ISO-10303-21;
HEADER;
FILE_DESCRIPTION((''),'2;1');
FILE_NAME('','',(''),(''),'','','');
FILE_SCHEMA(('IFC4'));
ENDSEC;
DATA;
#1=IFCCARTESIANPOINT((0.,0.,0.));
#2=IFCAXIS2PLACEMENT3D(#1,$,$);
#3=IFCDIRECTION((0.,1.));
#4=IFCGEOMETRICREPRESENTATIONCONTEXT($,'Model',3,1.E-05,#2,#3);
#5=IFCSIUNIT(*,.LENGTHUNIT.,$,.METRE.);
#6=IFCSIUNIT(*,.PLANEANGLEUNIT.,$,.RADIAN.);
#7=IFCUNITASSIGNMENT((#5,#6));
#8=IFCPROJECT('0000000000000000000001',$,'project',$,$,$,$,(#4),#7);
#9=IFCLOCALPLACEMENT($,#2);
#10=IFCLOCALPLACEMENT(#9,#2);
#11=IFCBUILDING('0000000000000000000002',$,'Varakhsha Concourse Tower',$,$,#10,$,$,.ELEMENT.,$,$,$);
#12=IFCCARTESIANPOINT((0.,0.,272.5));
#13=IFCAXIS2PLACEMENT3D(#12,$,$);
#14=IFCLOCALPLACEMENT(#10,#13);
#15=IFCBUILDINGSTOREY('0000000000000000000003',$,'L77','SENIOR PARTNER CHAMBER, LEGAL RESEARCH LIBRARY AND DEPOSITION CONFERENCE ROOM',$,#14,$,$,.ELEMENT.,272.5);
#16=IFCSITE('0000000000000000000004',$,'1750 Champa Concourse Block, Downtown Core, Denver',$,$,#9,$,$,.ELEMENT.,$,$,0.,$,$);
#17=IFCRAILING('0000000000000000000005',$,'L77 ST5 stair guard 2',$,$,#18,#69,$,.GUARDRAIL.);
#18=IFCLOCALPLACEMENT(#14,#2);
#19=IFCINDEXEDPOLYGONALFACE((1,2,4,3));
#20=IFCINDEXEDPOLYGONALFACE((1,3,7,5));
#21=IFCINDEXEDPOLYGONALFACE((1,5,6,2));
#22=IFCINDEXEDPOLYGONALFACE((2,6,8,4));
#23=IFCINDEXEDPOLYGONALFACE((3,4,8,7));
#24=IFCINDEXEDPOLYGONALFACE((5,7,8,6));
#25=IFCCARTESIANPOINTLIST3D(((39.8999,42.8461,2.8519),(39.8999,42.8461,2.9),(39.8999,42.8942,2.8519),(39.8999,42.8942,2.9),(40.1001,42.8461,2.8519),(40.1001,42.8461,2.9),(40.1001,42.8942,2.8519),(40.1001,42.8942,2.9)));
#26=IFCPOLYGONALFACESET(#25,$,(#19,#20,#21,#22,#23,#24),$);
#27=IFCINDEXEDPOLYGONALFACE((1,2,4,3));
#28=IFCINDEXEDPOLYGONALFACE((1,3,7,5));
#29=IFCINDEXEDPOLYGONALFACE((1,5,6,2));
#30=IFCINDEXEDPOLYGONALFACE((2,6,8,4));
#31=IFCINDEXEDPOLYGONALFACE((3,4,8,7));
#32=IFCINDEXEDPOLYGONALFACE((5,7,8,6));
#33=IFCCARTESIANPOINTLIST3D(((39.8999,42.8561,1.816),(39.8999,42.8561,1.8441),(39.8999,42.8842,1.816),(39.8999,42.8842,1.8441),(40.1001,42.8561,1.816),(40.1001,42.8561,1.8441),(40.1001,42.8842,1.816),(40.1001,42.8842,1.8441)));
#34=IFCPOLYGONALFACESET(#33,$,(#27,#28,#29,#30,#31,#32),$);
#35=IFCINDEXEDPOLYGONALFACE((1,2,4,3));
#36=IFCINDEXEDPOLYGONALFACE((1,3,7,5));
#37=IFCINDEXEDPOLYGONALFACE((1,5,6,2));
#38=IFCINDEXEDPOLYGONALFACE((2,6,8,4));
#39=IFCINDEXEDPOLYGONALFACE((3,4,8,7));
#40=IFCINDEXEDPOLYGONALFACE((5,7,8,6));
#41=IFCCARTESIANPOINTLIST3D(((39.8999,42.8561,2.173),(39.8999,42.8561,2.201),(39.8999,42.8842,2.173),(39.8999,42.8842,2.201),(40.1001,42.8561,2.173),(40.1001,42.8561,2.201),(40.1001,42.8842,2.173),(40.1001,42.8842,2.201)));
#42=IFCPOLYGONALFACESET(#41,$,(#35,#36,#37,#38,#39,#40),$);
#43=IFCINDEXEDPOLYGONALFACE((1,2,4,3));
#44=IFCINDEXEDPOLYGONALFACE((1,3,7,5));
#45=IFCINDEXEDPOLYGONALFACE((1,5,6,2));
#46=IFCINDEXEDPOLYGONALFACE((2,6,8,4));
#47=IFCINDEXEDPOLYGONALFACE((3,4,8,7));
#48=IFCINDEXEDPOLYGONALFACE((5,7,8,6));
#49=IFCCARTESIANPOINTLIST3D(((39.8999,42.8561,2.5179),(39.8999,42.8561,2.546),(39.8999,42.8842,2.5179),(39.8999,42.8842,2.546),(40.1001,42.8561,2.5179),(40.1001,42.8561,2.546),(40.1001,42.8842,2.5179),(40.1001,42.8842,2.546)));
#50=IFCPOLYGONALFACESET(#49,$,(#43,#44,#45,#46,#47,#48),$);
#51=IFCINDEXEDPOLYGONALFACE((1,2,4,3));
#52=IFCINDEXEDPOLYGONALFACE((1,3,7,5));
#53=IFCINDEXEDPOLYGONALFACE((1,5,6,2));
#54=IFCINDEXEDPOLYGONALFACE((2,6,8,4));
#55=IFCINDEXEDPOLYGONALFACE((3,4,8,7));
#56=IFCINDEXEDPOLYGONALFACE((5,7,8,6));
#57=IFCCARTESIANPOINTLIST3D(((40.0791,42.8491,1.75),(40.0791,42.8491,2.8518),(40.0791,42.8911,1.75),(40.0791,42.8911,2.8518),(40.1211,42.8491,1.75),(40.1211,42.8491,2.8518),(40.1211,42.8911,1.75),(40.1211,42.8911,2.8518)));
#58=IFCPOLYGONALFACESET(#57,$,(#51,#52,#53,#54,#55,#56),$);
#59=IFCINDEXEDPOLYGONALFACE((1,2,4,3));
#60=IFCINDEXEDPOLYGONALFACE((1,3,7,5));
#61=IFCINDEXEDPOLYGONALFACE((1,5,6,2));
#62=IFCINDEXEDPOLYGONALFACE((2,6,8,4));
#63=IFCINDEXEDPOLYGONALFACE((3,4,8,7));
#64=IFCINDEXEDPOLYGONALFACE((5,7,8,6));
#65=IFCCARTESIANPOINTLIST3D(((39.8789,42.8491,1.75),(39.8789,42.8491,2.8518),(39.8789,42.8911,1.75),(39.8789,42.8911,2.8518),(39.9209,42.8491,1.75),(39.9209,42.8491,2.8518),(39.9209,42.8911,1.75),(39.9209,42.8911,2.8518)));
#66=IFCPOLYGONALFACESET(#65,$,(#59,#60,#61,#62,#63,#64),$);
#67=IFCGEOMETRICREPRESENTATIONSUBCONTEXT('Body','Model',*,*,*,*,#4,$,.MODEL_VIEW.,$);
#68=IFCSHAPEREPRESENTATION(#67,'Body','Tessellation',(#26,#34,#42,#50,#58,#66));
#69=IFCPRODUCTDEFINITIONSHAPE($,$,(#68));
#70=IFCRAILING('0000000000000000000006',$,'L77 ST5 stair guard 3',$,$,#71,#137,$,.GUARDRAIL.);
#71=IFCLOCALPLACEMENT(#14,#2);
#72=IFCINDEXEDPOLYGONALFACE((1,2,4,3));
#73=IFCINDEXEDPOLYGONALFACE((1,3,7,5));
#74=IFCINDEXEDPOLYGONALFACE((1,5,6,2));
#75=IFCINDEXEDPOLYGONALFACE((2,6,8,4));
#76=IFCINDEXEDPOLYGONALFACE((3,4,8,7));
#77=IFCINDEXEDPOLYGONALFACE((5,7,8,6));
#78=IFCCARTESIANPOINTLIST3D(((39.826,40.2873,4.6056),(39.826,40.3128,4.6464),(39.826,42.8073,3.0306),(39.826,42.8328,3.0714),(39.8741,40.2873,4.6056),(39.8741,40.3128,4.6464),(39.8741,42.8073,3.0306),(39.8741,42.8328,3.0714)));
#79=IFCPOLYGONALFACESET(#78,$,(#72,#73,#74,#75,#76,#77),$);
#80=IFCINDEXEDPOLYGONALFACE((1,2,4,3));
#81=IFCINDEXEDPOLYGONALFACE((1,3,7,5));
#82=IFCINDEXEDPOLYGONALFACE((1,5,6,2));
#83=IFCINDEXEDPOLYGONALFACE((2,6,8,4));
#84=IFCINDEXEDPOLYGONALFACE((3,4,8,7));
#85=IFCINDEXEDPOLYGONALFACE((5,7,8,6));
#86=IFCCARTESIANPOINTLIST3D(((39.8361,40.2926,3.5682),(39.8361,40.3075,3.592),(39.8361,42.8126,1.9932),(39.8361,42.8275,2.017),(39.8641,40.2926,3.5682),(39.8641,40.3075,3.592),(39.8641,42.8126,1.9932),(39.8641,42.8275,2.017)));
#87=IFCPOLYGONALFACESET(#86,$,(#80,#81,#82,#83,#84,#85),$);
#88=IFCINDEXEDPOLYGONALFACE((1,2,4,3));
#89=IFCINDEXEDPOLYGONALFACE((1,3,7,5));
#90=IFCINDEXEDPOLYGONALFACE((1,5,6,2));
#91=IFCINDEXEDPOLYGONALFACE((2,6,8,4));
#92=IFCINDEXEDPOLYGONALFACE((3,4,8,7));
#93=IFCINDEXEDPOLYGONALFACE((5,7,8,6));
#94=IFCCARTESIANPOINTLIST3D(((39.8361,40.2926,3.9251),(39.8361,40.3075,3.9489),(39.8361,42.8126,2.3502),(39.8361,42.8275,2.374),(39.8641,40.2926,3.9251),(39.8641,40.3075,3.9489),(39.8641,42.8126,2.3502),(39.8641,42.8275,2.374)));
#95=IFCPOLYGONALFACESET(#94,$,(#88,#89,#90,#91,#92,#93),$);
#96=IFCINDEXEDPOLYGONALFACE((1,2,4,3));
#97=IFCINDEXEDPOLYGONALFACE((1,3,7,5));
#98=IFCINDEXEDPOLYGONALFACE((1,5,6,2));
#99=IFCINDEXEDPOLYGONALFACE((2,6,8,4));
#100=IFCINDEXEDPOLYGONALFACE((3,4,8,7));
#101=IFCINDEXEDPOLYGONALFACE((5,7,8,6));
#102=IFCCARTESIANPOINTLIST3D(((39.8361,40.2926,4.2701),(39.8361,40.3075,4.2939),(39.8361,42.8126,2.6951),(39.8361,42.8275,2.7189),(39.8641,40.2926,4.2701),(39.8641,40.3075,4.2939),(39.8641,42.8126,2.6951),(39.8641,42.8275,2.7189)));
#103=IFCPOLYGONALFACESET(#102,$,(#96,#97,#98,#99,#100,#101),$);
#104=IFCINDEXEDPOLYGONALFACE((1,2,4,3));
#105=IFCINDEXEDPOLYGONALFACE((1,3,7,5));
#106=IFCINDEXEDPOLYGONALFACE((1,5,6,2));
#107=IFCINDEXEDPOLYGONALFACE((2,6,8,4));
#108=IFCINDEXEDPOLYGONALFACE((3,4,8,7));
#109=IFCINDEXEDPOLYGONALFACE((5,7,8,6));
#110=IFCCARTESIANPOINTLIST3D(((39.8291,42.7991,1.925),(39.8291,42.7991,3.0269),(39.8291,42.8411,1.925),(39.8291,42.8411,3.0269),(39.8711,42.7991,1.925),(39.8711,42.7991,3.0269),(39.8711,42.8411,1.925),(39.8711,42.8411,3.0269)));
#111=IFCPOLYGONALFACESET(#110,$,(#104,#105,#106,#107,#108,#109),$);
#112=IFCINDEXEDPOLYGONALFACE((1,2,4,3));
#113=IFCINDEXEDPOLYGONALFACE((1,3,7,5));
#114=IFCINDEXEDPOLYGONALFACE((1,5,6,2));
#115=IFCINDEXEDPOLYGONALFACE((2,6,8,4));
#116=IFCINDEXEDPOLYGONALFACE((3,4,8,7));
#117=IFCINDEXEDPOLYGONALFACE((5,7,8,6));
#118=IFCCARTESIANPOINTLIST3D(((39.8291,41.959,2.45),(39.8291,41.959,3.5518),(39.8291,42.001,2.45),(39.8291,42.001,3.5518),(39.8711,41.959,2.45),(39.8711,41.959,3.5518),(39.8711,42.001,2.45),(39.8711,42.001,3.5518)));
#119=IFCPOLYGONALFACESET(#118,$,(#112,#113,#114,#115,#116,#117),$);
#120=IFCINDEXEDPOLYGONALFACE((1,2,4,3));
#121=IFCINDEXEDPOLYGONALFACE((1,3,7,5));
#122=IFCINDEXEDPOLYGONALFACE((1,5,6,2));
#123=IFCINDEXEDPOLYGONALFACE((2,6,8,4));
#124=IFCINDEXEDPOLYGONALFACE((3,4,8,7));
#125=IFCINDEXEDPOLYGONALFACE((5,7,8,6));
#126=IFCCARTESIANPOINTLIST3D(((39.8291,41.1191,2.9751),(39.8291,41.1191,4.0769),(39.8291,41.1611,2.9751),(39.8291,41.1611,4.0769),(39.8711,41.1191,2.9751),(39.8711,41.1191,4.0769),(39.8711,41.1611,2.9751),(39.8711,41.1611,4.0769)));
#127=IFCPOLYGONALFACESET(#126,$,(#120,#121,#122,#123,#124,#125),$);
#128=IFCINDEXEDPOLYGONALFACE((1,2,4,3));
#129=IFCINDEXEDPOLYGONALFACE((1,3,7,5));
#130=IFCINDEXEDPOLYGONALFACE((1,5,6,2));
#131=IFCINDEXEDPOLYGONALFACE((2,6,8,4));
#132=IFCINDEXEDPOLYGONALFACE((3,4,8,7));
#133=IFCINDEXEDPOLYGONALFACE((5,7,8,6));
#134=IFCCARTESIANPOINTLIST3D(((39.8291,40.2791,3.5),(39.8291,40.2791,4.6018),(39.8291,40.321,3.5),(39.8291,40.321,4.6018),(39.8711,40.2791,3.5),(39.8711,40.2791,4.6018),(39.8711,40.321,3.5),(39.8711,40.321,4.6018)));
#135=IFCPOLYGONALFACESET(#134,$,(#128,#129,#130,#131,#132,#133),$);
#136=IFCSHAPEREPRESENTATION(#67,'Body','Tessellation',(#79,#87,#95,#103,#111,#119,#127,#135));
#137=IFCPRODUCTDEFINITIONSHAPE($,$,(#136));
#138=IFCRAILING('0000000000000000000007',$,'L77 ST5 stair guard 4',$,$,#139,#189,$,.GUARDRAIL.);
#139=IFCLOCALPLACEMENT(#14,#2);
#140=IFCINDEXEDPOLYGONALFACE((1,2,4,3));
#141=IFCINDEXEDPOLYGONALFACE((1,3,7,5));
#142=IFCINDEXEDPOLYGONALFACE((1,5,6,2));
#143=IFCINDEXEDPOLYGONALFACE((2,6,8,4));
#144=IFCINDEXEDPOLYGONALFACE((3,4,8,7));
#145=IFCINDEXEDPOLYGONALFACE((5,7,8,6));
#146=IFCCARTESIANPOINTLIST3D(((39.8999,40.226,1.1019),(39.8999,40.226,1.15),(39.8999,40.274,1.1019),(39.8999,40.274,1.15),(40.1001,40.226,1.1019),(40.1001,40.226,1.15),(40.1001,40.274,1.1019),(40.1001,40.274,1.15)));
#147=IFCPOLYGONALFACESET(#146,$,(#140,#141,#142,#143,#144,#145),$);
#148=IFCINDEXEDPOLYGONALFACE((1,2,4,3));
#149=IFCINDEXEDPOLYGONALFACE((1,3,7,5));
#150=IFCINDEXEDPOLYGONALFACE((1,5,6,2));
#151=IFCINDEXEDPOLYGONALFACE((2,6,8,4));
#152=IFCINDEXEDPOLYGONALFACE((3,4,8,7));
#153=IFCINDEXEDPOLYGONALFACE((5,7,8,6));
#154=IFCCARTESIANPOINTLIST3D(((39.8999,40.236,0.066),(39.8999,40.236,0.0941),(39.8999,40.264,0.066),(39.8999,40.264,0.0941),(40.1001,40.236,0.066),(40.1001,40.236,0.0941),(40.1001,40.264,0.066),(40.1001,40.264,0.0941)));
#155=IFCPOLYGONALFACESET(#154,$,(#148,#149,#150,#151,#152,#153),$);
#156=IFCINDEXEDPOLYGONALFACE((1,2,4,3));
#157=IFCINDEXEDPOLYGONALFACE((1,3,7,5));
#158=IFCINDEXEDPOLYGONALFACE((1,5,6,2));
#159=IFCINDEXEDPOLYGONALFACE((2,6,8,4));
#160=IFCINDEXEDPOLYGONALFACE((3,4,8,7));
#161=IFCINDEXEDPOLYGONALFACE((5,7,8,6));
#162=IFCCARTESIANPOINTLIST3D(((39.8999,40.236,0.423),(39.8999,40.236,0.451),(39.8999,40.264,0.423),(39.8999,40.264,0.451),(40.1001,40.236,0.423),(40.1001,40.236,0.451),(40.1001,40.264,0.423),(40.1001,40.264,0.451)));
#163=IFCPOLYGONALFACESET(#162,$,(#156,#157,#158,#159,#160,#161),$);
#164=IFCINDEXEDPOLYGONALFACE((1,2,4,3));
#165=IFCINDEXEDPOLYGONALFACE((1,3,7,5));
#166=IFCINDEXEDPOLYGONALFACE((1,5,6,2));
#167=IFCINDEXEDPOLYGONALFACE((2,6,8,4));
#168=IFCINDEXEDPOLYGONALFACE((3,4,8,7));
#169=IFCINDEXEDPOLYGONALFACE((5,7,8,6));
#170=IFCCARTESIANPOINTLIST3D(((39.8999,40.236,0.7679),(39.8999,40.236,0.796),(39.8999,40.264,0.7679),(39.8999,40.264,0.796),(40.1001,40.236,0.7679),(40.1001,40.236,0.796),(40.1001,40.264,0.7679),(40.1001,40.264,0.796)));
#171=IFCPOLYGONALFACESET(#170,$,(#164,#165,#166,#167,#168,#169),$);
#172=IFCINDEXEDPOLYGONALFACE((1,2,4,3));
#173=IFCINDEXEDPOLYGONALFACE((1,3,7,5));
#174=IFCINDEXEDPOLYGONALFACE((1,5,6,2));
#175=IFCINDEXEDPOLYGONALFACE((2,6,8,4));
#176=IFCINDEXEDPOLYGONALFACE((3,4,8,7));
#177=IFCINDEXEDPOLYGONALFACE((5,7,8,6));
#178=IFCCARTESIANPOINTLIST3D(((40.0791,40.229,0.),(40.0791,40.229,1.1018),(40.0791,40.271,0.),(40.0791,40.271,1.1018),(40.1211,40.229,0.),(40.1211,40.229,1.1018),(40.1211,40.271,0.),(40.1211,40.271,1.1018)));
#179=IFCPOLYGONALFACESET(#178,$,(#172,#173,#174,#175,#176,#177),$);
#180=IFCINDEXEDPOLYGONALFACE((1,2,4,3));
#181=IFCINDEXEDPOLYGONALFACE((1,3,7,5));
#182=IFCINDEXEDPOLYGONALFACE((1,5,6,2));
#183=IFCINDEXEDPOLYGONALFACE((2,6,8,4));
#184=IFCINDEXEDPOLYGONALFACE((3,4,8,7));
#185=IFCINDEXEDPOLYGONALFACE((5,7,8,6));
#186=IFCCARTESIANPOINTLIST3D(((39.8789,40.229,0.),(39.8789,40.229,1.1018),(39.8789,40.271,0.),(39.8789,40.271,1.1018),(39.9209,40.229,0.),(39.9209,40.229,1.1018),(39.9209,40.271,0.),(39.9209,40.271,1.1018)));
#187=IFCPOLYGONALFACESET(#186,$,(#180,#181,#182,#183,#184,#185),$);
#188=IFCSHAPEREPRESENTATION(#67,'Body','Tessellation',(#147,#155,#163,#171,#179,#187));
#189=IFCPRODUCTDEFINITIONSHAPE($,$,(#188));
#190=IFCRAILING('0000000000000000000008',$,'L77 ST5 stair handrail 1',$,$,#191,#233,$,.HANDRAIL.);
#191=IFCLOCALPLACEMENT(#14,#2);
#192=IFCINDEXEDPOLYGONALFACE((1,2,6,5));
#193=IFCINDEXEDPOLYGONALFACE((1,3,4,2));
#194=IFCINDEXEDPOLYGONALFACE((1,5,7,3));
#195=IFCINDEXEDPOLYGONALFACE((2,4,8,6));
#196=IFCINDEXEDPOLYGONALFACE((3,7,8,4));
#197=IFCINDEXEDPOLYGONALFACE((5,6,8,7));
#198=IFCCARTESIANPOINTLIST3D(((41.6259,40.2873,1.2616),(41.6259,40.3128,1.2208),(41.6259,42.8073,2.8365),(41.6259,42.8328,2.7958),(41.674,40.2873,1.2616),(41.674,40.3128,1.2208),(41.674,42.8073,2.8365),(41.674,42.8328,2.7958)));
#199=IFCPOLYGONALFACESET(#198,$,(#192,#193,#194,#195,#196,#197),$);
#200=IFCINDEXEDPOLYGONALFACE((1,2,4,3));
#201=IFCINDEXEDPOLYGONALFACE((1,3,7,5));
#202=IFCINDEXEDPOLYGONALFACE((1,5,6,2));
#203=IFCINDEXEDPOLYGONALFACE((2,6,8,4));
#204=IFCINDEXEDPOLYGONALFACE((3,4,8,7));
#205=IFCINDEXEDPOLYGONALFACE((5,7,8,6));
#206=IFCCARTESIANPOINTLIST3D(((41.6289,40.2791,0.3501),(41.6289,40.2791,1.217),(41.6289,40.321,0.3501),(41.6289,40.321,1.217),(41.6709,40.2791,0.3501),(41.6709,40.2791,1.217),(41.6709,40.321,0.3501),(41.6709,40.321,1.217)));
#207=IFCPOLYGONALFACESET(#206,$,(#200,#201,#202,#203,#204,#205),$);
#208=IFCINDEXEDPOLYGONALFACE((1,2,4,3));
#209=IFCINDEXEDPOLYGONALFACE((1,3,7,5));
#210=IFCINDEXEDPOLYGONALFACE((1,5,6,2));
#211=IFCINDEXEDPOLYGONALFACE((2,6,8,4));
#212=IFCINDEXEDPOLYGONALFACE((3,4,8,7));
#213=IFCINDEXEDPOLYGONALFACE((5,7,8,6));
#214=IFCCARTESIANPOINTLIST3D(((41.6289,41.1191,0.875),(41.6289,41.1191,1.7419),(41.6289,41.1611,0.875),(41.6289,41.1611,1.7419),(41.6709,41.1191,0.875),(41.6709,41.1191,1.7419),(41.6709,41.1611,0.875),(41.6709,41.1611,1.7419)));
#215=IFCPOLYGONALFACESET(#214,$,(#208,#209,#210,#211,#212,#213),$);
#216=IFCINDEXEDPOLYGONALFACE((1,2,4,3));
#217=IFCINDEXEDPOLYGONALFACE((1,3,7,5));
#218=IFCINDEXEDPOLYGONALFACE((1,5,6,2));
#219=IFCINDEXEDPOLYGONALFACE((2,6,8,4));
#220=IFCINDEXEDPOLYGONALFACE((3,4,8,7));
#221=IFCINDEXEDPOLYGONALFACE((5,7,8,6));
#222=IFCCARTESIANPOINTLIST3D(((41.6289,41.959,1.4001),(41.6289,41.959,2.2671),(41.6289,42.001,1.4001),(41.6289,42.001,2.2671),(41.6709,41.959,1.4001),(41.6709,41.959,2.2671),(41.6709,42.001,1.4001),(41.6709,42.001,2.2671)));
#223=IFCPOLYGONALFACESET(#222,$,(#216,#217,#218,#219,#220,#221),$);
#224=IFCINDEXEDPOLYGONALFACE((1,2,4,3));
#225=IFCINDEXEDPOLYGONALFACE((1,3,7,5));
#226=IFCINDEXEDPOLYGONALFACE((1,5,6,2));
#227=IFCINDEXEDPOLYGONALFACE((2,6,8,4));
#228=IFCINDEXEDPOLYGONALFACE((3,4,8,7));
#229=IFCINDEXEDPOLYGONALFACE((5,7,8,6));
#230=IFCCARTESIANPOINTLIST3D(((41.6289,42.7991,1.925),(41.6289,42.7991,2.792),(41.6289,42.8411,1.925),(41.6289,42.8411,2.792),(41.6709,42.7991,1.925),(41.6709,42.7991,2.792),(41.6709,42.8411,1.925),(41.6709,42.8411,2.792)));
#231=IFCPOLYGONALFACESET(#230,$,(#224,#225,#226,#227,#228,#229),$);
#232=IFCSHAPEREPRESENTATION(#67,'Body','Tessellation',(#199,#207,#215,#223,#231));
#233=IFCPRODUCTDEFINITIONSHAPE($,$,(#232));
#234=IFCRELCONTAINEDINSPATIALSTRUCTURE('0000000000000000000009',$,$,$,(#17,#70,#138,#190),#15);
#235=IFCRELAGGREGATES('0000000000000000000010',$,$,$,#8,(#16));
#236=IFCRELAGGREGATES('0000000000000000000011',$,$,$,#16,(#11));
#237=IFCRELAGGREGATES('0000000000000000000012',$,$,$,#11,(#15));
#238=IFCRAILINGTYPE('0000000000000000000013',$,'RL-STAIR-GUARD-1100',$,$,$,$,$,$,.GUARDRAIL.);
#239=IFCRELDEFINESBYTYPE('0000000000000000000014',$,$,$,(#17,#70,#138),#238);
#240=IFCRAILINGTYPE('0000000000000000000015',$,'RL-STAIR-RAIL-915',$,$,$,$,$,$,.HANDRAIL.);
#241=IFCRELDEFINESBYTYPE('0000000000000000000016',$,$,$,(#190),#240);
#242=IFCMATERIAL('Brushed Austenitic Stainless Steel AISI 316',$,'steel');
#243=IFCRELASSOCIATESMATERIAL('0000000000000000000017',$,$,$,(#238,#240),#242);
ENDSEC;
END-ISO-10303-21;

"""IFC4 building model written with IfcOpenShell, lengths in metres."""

from ifc_helpers import new_model, si_unit, direction, frame, origin, origin_2d, place, context, subcontext, project, spatial, rectangle, extrude, material, type_object, element, save


model = new_model("IFC4")

# Units and contexts
model_context = context("Model", 3, precision=1e-05, world=origin(), true_north=direction((0.0, 1.0)))
body_context = subcontext(model_context, "Body", "Model", "MODEL_VIEW")
ifc_project = project(units=[si_unit("LENGTHUNIT", "METRE"), si_unit("PLANEANGLEUNIT", "RADIAN")], contexts=[model_context])

# Site, building, storey
site_placement = place(None, origin())
site = spatial("IfcSite", under=ifc_project, at=site_placement, Name="1750 Champa Concourse Block, Downtown Core, Denver", CompositionType="ELEMENT", RefElevation=0.0)
building_placement = place(site_placement, origin())
building = spatial("IfcBuilding", under=site, at=building_placement, Name="Varakhsha Concourse Tower", CompositionType="ELEMENT")
storey_placement = place(building_placement, frame((0.0, 0.0, 272.5)))
storey = spatial("IfcBuildingStorey", under=building, at=storey_placement, Name="L77", Description="SENIOR PARTNER CHAMBER, LEGAL RESEARCH LIBRARY AND DEPOSITION CONFERENCE ROOM", CompositionType="ELEMENT", Elevation=272.5)

# Railings
ifc_material_1 = material(Name="Brushed Austenitic Stainless Steel AISI 316", Category="steel")
railing_type_1 = type_object("IfcRailingType", Name="RL-STAIR-GUARD-1100", PredefinedType="GUARDRAIL", material=ifc_material_1)
railing_1_placement = place(storey_placement, frame((40.1001, 42.8701, 1.75)))
element("IfcRailing", 1, at=railing_1_placement, inside=storey, type_object=railing_type_1, Name="L77 ST5 stair guard 2", PredefinedType="GUARDRAIL", context=body_context, shape_type="SweptSolid", body=[
    extrude(rectangle(XDim=0.0481, YDim=0.0481, at=origin_2d()), frame((0.0, 0.0, 1.126), z_axis=(-1.0, 0.0, 0.0), x_axis=(0.0, -1.0, 0.0)), (0.0, 0.0, 1.0), 0.2002),
    extrude(rectangle(XDim=0.0281, YDim=0.0281, at=origin_2d()), frame((0.0, 0.0, 0.0801), z_axis=(-1.0, 0.0, 0.0), x_axis=(0.0, -1.0, 0.0)), (0.0, 0.0, 1.0), 0.2002),
    extrude(rectangle(XDim=0.0281, YDim=0.0281, at=origin_2d()), frame((0.0, 0.0, 0.437), z_axis=(-1.0, 0.0, 0.0), x_axis=(0.0, -1.0, 0.0)), (0.0, 0.0, 1.0), 0.2002),
    extrude(rectangle(XDim=0.0281, YDim=0.0281, at=origin_2d()), frame((0.0, 0.0, 0.782), z_axis=(-1.0, 0.0, 0.0), x_axis=(0.0, -1.0, 0.0)), (0.0, 0.0, 1.0), 0.2002),
    extrude(rectangle(XDim=0.042, YDim=0.042, at=origin_2d()), origin(), (0.0, 0.0, 1.0), 1.1018),
    extrude(rectangle(XDim=0.042, YDim=0.042, at=origin_2d()), frame((-0.2002, 0.0, 0.0)), (0.0, 0.0, 1.0), 1.1018),
])
railing_2_placement = place(storey_placement, frame((39.8501, 42.8201, 1.925)))
element("IfcRailing", 2, at=railing_2_placement, inside=storey, type_object=railing_type_1, Name="L77 ST5 stair guard 3", PredefinedType="GUARDRAIL", context=body_context, shape_type="SweptSolid", body=[
    extrude(rectangle(XDim=0.0481, YDim=0.0481, at=origin_2d()), frame((0.0, 0.0, 1.126), z_axis=(0.0, -0.848008, 0.529984), x_axis=(1.0, 0.0, 0.0)), (0.0, 0.0, 1.0), 2.9717),
    extrude(rectangle(XDim=0.0281, YDim=0.0281, at=origin_2d()), frame((0.0, 0.0, 0.0801), z_axis=(0.0, -0.848008, 0.529984), x_axis=(1.0, 0.0, 0.0)), (0.0, 0.0, 1.0), 2.9717),
    extrude(rectangle(XDim=0.0281, YDim=0.0281, at=origin_2d()), frame((0.0, 0.0, 0.437), z_axis=(0.0, -0.848008, 0.529984), x_axis=(1.0, 0.0, 0.0)), (0.0, 0.0, 1.0), 2.9717),
    extrude(rectangle(XDim=0.0281, YDim=0.0281, at=origin_2d()), frame((0.0, 0.0, 0.782), z_axis=(0.0, -0.848008, 0.529984), x_axis=(1.0, 0.0, 0.0)), (0.0, 0.0, 1.0), 2.9717),
    extrude(rectangle(XDim=0.042, YDim=0.042, at=origin_2d()), origin(), (0.0, 0.0, 1.0), 1.1018),
    extrude(rectangle(XDim=0.042, YDim=0.042, at=origin_2d()), frame((0.0, -0.8401, 0.5249)), (0.0, 0.0, 1.0), 1.1018),
    extrude(rectangle(XDim=0.042, YDim=0.042, at=origin_2d()), frame((0.0, -1.6799, 1.05)), (0.0, 0.0, 1.0), 1.1018),
    extrude(rectangle(XDim=0.042, YDim=0.042, at=origin_2d()), frame((0.0, -2.52, 1.575)), (0.0, 0.0, 1.0), 1.1018),
])
railing_3_placement = place(storey_placement, frame((40.1001, 40.25, 0.0)))
element("IfcRailing", 3, at=railing_3_placement, inside=storey, type_object=railing_type_1, Name="L77 ST5 stair guard 4", PredefinedType="GUARDRAIL", context=body_context, shape_type="SweptSolid", body=[
    extrude(rectangle(XDim=0.0481, YDim=0.0481, at=origin_2d()), frame((0.0, 0.0, 1.126), z_axis=(-1.0, 0.0, 0.0), x_axis=(0.0, -1.0, 0.0)), (0.0, 0.0, 1.0), 0.2002),
    extrude(rectangle(XDim=0.0281, YDim=0.0281, at=origin_2d()), frame((0.0, 0.0, 0.0801), z_axis=(-1.0, 0.0, 0.0), x_axis=(0.0, -1.0, 0.0)), (0.0, 0.0, 1.0), 0.2002),
    extrude(rectangle(XDim=0.0281, YDim=0.0281, at=origin_2d()), frame((0.0, 0.0, 0.437), z_axis=(-1.0, 0.0, 0.0), x_axis=(0.0, -1.0, 0.0)), (0.0, 0.0, 1.0), 0.2002),
    extrude(rectangle(XDim=0.0281, YDim=0.0281, at=origin_2d()), frame((0.0, 0.0, 0.782), z_axis=(-1.0, 0.0, 0.0), x_axis=(0.0, -1.0, 0.0)), (0.0, 0.0, 1.0), 0.2002),
    extrude(rectangle(XDim=0.042, YDim=0.042, at=origin_2d()), origin(), (0.0, 0.0, 1.0), 1.1018),
    extrude(rectangle(XDim=0.042, YDim=0.042, at=origin_2d()), frame((-0.2002, 0.0, 0.0)), (0.0, 0.0, 1.0), 1.1018),
])
railing_type_2 = type_object("IfcRailingType", Name="RL-STAIR-RAIL-915", PredefinedType="HANDRAIL", material=ifc_material_1)
railing_4_placement = place(storey_placement, frame((41.6499, 40.3, 0.3501)))
element("IfcRailing", 4, at=railing_4_placement, inside=storey, type_object=railing_type_2, Name="L77 ST5 stair handrail 1", PredefinedType="HANDRAIL", context=body_context, shape_type="SweptSolid", body=[
    extrude(rectangle(XDim=0.0481, YDim=0.0481, at=origin_2d()), frame((0.0, 0.0, 0.8911), z_axis=(0.0, 0.848008, 0.529984), x_axis=(-1.0, 0.0, 0.0)), (0.0, 0.0, 1.0), 2.9717),
    extrude(rectangle(XDim=0.042, YDim=0.042, at=origin_2d()), origin(), (0.0, 0.0, 1.0), 0.8669),
    extrude(rectangle(XDim=0.042, YDim=0.042, at=origin_2d()), frame((0.0, 0.8401, 0.5249)), (0.0, 0.0, 1.0), 0.8669),
    extrude(rectangle(XDim=0.042, YDim=0.042, at=origin_2d()), frame((0.0, 1.6799, 1.05)), (0.0, 0.0, 1.0), 0.8669),
    extrude(rectangle(XDim=0.042, YDim=0.042, at=origin_2d()), frame((0.0, 2.52, 1.575)), (0.0, 0.0, 1.0), 0.8669),
])

save(model, "model.ifc")
